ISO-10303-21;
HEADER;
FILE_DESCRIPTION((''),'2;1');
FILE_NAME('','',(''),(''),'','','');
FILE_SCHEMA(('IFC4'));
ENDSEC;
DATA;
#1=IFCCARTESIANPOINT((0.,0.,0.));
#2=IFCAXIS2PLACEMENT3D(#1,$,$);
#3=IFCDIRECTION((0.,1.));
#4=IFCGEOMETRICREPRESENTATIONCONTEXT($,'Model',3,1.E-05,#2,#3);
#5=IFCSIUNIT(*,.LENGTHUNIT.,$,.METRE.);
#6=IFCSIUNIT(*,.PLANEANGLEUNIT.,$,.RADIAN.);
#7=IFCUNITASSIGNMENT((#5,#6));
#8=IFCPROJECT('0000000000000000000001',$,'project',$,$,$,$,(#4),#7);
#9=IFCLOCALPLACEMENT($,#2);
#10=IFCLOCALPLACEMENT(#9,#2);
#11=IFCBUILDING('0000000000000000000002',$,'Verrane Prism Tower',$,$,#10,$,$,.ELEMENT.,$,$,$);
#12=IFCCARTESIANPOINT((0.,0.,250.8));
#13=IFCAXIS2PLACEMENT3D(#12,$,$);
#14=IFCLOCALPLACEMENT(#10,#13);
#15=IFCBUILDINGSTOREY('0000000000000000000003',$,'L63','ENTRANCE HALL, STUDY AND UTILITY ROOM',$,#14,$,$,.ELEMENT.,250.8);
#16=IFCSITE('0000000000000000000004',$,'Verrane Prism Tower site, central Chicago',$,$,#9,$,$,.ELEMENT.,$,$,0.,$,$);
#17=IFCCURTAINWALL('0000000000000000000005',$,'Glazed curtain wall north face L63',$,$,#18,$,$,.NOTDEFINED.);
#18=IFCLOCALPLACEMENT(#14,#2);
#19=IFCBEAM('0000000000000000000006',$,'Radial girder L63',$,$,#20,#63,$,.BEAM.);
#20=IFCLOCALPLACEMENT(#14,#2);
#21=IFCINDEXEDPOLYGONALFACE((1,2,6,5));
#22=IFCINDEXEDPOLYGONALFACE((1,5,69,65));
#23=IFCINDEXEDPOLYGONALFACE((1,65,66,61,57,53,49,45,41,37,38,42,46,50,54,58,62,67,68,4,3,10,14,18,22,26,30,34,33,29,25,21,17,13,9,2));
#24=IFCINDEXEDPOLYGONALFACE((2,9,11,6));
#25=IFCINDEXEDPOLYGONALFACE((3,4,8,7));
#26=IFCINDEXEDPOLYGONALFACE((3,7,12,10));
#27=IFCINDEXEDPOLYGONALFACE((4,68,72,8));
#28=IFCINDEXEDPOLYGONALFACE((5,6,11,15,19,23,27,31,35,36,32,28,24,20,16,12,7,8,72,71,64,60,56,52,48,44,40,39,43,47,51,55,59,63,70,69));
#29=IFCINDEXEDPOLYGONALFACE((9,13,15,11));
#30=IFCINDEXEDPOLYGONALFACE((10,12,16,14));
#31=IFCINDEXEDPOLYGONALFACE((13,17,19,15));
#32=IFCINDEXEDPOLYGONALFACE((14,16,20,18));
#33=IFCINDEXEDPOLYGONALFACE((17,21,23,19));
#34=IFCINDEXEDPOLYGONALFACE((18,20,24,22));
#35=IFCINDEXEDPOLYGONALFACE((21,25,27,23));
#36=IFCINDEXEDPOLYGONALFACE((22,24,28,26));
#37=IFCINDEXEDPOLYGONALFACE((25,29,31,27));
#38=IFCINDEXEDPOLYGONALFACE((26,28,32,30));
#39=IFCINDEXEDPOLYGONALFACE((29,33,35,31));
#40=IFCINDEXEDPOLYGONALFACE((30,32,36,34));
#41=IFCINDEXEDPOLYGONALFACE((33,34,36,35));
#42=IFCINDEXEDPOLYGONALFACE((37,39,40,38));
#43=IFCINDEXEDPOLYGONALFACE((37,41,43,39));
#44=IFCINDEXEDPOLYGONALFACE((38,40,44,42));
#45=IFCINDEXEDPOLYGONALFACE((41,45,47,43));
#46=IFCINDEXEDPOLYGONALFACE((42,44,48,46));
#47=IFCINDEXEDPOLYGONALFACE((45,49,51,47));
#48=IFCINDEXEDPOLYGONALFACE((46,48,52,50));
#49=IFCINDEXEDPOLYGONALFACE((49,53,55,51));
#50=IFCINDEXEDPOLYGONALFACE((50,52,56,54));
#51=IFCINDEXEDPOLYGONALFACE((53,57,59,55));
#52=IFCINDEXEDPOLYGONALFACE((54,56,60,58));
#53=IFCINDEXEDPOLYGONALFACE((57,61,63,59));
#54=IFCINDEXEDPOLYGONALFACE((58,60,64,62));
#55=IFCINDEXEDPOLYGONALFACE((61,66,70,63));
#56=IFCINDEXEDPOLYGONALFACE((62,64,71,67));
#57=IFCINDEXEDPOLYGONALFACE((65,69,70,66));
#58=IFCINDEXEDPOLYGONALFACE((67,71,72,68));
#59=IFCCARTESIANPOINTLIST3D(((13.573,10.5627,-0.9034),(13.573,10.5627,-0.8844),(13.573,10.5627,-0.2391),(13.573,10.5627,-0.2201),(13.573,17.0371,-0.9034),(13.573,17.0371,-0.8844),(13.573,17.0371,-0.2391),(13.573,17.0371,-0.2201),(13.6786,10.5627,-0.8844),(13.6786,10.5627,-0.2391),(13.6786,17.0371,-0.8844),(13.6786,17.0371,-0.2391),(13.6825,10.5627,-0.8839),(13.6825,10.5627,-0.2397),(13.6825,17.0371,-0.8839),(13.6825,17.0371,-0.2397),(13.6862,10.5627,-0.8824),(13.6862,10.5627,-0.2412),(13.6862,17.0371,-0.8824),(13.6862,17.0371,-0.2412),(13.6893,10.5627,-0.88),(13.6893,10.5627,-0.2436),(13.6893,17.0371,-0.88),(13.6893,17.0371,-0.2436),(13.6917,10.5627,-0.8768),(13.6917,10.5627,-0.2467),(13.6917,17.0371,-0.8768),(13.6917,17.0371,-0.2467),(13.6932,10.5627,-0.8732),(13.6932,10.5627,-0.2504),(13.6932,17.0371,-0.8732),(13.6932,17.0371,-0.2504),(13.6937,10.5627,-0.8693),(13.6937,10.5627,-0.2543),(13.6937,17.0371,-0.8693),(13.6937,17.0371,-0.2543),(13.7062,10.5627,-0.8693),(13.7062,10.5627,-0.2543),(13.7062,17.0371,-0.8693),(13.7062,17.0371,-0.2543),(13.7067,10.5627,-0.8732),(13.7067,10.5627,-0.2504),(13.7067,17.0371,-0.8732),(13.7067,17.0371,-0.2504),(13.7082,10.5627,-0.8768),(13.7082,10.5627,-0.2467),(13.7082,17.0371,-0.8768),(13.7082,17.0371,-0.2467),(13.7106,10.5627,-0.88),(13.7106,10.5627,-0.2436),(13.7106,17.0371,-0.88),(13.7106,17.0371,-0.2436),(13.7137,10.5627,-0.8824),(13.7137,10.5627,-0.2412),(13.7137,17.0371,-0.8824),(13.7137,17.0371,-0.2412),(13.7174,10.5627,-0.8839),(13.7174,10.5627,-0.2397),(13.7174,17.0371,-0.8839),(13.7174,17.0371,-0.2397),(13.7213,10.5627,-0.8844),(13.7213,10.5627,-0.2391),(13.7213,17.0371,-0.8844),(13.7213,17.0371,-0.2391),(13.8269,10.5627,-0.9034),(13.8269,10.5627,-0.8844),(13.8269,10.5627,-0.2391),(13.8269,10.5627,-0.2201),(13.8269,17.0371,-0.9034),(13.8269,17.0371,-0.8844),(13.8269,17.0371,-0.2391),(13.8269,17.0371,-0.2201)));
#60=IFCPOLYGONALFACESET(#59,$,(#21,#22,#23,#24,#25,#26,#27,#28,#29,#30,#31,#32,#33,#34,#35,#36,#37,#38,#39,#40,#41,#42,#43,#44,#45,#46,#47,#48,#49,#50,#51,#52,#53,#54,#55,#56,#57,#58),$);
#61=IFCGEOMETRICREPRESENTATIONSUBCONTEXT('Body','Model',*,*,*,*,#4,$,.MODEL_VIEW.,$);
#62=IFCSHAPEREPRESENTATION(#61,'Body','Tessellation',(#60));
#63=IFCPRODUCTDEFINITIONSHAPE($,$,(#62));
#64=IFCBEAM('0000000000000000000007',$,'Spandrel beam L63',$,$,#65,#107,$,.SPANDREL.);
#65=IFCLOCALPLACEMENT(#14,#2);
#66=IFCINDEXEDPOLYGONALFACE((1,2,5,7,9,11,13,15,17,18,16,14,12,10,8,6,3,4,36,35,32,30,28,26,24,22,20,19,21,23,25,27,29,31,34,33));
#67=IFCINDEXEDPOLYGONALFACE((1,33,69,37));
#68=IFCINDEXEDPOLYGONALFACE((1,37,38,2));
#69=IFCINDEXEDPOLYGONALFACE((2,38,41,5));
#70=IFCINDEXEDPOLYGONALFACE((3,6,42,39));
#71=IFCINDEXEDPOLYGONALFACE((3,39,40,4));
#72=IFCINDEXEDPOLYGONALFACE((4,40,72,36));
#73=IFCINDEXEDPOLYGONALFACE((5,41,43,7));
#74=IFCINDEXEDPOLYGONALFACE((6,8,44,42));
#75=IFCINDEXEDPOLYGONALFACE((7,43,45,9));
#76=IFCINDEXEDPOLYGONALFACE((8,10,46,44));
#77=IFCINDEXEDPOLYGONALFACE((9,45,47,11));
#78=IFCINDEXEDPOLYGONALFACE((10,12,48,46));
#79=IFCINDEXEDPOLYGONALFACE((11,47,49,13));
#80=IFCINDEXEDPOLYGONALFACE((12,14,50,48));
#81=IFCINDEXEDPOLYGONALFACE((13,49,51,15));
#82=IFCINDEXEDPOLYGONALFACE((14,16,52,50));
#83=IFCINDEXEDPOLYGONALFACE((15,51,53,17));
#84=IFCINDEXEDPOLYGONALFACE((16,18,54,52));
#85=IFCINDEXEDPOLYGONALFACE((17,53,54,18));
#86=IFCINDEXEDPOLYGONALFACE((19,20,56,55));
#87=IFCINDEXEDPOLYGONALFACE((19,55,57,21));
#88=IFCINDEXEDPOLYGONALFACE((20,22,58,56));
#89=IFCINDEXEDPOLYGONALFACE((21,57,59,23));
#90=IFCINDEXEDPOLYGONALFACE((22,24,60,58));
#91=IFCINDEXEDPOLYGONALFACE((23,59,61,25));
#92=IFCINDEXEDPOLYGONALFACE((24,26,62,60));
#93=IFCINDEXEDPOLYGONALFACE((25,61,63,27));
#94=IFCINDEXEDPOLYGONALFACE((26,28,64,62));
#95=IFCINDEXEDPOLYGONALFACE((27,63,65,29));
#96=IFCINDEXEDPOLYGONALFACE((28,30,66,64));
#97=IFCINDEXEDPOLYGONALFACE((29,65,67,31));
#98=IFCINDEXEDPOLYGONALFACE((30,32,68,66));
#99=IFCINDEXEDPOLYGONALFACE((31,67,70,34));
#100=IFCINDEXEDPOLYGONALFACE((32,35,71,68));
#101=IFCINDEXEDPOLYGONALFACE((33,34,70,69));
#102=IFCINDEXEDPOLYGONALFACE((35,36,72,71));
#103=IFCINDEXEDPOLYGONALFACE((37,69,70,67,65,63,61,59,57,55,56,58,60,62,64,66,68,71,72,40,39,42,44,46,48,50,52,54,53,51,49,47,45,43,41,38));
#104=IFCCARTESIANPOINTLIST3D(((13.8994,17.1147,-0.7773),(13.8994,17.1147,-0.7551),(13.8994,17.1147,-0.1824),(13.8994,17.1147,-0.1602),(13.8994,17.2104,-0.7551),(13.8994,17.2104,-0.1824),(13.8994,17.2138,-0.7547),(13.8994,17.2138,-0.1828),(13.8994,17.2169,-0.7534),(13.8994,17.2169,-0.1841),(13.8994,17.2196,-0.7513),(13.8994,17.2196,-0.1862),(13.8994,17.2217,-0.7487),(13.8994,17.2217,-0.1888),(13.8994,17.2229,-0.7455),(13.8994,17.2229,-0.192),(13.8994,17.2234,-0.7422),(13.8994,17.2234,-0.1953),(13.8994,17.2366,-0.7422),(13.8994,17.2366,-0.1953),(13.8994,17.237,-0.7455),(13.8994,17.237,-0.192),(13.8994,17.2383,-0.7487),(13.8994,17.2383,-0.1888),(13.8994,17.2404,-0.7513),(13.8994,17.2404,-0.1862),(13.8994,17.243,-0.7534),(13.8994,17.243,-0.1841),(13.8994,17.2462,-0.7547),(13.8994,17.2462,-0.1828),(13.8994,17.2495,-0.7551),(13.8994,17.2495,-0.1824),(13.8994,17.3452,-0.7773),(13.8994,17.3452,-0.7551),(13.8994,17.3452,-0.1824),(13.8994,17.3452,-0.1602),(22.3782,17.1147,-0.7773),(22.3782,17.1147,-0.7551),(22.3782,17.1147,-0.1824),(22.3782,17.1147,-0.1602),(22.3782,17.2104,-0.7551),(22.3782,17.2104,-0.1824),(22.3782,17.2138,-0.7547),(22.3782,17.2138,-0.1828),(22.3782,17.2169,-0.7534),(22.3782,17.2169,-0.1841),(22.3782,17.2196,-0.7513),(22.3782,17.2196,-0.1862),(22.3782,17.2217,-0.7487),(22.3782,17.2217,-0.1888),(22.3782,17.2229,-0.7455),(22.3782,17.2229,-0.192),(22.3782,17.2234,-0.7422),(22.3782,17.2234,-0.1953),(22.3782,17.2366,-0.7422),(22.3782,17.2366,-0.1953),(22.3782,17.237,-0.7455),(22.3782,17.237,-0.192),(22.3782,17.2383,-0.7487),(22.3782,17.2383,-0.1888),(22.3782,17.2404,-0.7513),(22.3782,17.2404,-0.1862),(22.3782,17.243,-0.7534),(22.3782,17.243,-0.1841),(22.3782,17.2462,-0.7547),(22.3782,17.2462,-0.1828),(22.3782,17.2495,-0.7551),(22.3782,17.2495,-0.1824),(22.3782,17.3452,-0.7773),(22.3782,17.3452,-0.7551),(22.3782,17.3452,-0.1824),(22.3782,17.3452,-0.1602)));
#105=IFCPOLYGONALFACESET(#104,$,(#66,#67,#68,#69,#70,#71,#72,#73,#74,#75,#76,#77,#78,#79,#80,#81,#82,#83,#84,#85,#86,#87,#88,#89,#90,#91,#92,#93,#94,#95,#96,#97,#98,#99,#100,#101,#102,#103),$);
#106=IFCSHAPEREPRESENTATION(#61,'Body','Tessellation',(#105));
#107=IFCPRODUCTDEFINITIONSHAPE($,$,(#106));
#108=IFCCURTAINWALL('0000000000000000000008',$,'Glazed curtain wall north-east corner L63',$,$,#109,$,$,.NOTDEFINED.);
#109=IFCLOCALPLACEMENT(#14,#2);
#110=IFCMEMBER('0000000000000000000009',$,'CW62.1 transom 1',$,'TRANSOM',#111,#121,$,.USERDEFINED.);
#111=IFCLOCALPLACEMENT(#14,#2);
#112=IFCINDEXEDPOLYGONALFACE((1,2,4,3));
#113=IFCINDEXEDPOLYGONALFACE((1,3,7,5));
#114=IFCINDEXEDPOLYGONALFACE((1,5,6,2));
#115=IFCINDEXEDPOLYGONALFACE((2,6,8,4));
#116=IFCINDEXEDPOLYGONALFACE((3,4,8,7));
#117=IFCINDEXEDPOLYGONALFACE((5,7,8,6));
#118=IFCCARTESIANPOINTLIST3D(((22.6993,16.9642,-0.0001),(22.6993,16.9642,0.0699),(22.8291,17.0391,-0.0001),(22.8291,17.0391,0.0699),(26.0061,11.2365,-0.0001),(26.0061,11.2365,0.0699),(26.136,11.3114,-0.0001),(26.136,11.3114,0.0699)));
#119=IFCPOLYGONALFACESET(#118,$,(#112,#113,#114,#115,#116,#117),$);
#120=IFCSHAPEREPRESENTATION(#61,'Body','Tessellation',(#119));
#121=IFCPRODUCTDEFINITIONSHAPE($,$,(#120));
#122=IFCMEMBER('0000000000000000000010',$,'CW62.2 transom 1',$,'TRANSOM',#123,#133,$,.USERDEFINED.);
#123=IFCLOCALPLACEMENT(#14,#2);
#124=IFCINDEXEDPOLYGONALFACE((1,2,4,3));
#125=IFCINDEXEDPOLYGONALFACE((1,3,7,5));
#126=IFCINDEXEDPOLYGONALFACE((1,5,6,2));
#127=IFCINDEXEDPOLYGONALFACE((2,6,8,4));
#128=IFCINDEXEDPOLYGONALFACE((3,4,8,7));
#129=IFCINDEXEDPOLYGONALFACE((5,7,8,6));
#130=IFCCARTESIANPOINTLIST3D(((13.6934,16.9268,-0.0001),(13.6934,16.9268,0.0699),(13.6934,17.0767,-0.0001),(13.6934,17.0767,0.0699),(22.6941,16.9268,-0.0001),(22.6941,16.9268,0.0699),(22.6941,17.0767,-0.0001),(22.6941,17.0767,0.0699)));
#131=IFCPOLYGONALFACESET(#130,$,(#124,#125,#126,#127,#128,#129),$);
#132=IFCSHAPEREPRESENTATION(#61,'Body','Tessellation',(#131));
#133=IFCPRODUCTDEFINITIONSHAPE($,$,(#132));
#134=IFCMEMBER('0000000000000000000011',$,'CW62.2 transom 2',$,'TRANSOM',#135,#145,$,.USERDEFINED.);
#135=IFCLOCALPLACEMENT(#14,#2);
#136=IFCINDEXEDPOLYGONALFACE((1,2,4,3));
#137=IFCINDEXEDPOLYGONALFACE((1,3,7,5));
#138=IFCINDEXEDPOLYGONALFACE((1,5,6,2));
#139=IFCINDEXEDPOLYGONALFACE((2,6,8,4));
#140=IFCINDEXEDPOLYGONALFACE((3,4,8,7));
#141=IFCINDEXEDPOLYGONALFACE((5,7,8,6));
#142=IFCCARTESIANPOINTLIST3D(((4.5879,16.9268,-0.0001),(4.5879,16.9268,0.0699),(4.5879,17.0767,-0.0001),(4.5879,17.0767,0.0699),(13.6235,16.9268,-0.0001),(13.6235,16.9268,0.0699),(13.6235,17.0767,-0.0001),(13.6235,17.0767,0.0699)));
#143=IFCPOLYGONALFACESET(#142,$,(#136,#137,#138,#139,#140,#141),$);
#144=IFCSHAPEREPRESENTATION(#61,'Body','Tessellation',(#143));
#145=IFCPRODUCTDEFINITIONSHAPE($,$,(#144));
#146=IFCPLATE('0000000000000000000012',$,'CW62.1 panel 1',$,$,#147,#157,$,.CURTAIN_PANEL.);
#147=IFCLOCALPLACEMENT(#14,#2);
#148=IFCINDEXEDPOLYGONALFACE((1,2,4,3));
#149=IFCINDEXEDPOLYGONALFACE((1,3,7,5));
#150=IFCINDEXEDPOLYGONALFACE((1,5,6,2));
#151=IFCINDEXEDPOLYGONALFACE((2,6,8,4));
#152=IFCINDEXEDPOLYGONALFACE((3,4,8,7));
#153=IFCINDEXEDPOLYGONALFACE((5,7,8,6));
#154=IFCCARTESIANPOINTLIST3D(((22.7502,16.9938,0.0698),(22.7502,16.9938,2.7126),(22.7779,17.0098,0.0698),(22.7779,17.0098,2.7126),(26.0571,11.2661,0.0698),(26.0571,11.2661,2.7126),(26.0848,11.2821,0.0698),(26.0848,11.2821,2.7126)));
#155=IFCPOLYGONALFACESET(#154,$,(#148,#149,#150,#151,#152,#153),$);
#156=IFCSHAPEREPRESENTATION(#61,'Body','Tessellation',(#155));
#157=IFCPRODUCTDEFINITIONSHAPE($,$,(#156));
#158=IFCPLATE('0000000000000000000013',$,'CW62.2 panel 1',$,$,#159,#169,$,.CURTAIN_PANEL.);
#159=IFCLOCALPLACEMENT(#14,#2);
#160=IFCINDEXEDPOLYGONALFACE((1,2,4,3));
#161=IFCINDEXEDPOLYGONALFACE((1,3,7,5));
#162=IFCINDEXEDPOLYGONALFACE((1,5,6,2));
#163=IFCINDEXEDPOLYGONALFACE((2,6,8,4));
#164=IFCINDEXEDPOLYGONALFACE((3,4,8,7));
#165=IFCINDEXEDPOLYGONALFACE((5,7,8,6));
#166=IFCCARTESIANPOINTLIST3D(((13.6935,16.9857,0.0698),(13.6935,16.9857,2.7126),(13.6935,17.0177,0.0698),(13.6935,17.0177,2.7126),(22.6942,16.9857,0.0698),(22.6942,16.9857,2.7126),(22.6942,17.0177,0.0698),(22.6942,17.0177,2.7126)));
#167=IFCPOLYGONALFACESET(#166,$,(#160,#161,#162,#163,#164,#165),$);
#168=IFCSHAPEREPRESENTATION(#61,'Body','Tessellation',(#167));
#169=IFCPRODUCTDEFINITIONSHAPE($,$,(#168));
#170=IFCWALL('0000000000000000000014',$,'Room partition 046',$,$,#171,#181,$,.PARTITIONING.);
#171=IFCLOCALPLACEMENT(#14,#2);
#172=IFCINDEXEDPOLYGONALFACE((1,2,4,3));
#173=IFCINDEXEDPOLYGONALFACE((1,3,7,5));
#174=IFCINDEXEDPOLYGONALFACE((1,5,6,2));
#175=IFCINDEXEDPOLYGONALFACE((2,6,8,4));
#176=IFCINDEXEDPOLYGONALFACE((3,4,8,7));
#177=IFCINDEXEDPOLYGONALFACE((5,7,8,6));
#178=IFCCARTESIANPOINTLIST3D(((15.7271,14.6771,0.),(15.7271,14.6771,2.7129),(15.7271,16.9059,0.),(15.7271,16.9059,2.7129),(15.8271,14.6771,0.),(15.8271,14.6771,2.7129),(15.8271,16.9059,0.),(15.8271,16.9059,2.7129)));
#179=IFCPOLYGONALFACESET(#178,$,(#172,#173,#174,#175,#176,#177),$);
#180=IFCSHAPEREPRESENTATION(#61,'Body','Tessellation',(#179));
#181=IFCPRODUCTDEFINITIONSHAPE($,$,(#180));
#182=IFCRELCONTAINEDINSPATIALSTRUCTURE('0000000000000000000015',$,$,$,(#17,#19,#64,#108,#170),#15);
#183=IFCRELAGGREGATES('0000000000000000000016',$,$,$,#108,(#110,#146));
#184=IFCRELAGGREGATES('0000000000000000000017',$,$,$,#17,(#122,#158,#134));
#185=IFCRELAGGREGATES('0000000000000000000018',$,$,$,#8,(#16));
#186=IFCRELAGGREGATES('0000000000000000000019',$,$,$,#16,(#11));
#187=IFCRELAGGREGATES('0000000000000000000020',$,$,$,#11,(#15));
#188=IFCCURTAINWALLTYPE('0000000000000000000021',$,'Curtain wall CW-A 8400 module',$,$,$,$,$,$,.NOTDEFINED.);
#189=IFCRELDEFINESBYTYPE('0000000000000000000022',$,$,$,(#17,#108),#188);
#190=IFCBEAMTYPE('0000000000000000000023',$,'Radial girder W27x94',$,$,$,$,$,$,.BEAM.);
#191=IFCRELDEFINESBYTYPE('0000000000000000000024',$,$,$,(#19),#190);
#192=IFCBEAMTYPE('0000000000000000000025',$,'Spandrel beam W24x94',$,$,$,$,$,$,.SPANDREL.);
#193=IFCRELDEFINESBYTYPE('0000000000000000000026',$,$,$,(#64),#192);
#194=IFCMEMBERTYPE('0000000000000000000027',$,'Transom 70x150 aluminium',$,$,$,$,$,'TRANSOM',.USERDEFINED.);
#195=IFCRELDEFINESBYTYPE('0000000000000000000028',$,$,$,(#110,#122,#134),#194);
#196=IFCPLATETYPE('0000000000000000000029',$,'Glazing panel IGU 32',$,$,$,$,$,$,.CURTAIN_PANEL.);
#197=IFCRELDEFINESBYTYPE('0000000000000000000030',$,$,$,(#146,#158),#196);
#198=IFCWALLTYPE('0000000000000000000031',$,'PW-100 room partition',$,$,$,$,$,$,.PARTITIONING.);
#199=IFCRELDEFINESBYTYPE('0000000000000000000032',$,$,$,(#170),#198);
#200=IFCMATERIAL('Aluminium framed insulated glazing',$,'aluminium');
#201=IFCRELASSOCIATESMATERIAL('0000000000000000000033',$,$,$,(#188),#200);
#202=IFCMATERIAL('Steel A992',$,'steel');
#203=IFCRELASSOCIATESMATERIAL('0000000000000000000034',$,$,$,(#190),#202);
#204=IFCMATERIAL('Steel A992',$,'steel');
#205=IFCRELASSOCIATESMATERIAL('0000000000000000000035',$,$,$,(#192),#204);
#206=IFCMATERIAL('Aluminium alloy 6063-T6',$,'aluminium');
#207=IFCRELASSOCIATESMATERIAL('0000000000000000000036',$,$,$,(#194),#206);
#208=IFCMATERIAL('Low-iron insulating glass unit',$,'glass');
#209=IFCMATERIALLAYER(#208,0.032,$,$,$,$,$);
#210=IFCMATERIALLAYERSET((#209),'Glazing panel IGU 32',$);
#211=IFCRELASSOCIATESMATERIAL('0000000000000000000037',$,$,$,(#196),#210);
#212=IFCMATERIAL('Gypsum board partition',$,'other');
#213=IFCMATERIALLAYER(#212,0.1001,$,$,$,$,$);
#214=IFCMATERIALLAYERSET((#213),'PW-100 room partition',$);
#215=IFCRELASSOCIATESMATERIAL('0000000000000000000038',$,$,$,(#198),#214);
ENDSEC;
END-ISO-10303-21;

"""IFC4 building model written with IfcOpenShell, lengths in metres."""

from ifc_helpers import new_model, si_unit, direction, frame, frame_2d, origin, origin_2d, place, context, subcontext, project, spatial, rectangle, i_section, extrude, material, layer, layer_set, material_profile, profile_set, type_object, element, aggregate, save


model = new_model("IFC4")

# Units and contexts
model_context = context("Model", 3, precision=1e-05, world=origin(), true_north=direction((0.0, 1.0)))
body_context = subcontext(model_context, "Body", "Model", "MODEL_VIEW")
ifc_project = project(units=[si_unit("LENGTHUNIT", "METRE"), si_unit("PLANEANGLEUNIT", "RADIAN")], contexts=[model_context])

# Site, building, storey
site_placement = place(None, origin())
site = spatial("IfcSite", under=ifc_project, at=site_placement, Name="Verrane Prism Tower site, central Chicago", CompositionType="ELEMENT", RefElevation=0.0)
building_placement = place(site_placement, origin())
building = spatial("IfcBuilding", under=site, at=building_placement, Name="Verrane Prism Tower", CompositionType="ELEMENT")
storey_placement = place(building_placement, frame((0.0, 0.0, 250.8)))
storey = spatial("IfcBuildingStorey", under=building, at=storey_placement, Name="L63", Description="ENTRANCE HALL, STUDY AND UTILITY ROOM", CompositionType="ELEMENT", Elevation=250.8)

# Curtain wall
ifc_material_1 = material(Name="Aluminium framed insulated glazing", Category="aluminium")
curtain_wall_type = type_object("IfcCurtainWallType", Name="Curtain wall CW-A 8400 module", PredefinedType="NOTDEFINED", material=ifc_material_1)
curtain_wall_1_placement = place(storey_placement, origin())
curtain_wall_1 = element("IfcCurtainWall", 1, at=curtain_wall_1_placement, inside=storey, type_object=curtain_wall_type, Name="Glazed curtain wall north face L63", PredefinedType="NOTDEFINED")

# Beams
ifc_material_2 = material(Name="Steel A992", Category="steel")
ifc_material_profile_1 = material_profile(ifc_material_2, i_section(OverallWidth=0.2539, OverallDepth=0.6833, WebThickness=0.0125, FlangeThickness=0.019, FilletRadius=0.0151, at=origin_2d()), Name="W27x94")
ifc_profile_set_1 = profile_set([ifc_material_profile_1], Name="Steel A992")
beam_type_1 = type_object("IfcBeamType", Name="Radial girder W27x94", PredefinedType="BEAM", material=ifc_profile_set_1)
beam_1_placement = place(storey_placement, frame((13.7, 17.0371, -0.5618), z_axis=(0.0, -1.0, 0.0), x_axis=(1.0, 0.0, 0.0)))
element("IfcBeam", 2, at=beam_1_placement, inside=storey, type_object=beam_type_1, Name="Radial girder L63", PredefinedType="BEAM", context=body_context, shape_type="SweptSolid", body=[
    extrude(i_section(OverallWidth=0.2539, OverallDepth=0.6833, WebThickness=0.0125, FlangeThickness=0.019, FilletRadius=0.0151, at=origin_2d()), origin(), (0.0, 0.0, 1.0), 6.4744),
])
ifc_material_3 = material(Name="Steel A992", Category="steel")
ifc_material_profile_2 = material_profile(ifc_material_3, i_section(OverallWidth=0.2305, OverallDepth=0.6172, WebThickness=0.0132, FlangeThickness=0.0222, FilletRadius=0.0129, at=origin_2d()), Name="W24x94")
ifc_profile_set_2 = profile_set([ifc_material_profile_2], Name="Steel A992")
beam_type_2 = type_object("IfcBeamType", Name="Spandrel beam W24x94", PredefinedType="SPANDREL", material=ifc_profile_set_2)
beam_2_placement = place(storey_placement, frame((22.3782, 17.23, -0.4688), z_axis=(-1.0, 0.0, 0.0), x_axis=(0.0, -1.0, 0.0)))
element("IfcBeam", 3, at=beam_2_placement, inside=storey, type_object=beam_type_2, Name="Spandrel beam L63", PredefinedType="SPANDREL", context=body_context, shape_type="SweptSolid", body=[
    extrude(i_section(OverallWidth=0.2305, OverallDepth=0.6172, WebThickness=0.0132, FlangeThickness=0.0222, FilletRadius=0.0129, at=origin_2d()), origin(), (0.0, 0.0, 1.0), 8.4788),
])

# Curtain wall, member
curtain_wall_2_placement = place(storey_placement, origin())
curtain_wall_2 = element("IfcCurtainWall", 4, at=curtain_wall_2_placement, inside=storey, type_object=curtain_wall_type, Name="Glazed curtain wall north-east corner L63", PredefinedType="NOTDEFINED")
ifc_material_4 = material(Name="Aluminium alloy 6063-T6", Category="aluminium")
ifc_material_profile_3 = material_profile(ifc_material_4, rectangle(XDim=0.1499, YDim=0.0701, at=origin_2d()), Name="Transom 70x150 aluminium")
ifc_profile_set_3 = profile_set([ifc_material_profile_3], Name="Aluminium alloy 6063-T6")
member_type_1 = type_object("IfcMemberType", Name="Transom 70x150 aluminium", ElementType="TRANSOM", PredefinedType="USERDEFINED", material=ifc_profile_set_3)
member_1_placement = place(storey_placement, frame((26.071, 11.2739, 0.0349), z_axis=(-0.499994, 0.866029, 0.0), x_axis=(-0.866029, -0.499994, 0.0)))
member_1 = element("IfcMember", 5, at=member_1_placement, type_object=member_type_1, Name="CW62.1 transom 1", ObjectType="TRANSOM", PredefinedType="USERDEFINED", context=body_context, shape_type="SweptSolid", body=[
    extrude(rectangle(XDim=0.1499, YDim=0.0701, at=origin_2d()), origin(), (0.0, 0.0, 1.0), 6.6138),
])

# Members
member_2_placement = place(storey_placement, frame((22.6941, 17.0017, 0.0349), z_axis=(-1.0, 0.0, 0.0), x_axis=(0.0, -1.0, 0.0)))
member_2 = element("IfcMember", 6, at=member_2_placement, type_object=member_type_1, Name="CW62.2 transom 1", ObjectType="TRANSOM", PredefinedType="USERDEFINED", context=body_context, shape_type="SweptSolid", body=[
    extrude(rectangle(XDim=0.1499, YDim=0.0701, at=origin_2d()), origin(), (0.0, 0.0, 1.0), 9.0007),
])
member_3_placement = place(storey_placement, frame((13.6235, 17.0017, 0.0349), z_axis=(-1.0, 0.0, 0.0), x_axis=(0.0, -1.0, 0.0)))
member_3 = element("IfcMember", 7, at=member_3_placement, type_object=member_type_1, Name="CW62.2 transom 2", ObjectType="TRANSOM", PredefinedType="USERDEFINED", context=body_context, shape_type="SweptSolid", body=[
    extrude(rectangle(XDim=0.1499, YDim=0.0701, at=origin_2d()), origin(), (0.0, 0.0, 1.0), 9.0356),
])

# Plates
ifc_material_5 = material(Name="Low-iron insulating glass unit", Category="glass")
ifc_layer_1 = layer(ifc_material_5, 0.032)
ifc_layer_set_1 = layer_set([ifc_layer_1], Name="Glazing panel IGU 32")
plate_type = type_object("IfcPlateType", Name="Glazing panel IGU 32", PredefinedType="CURTAIN_PANEL", material=ifc_layer_set_1)
plate_1_placement = place(storey_placement, frame((24.4175, 14.1379, 0.0698), z_axis=(0.0, 0.0, 1.0), x_axis=(-0.499996, 0.866028, 0.0)))
plate_1 = element("IfcPlate", 8, at=plate_1_placement, type_object=plate_type, Name="CW62.1 panel 1", PredefinedType="CURTAIN_PANEL", context=body_context, shape_type="SweptSolid", body=[
    extrude(rectangle(XDim=6.6138, YDim=0.032, at=origin_2d()), origin(), (0.0, 0.0, 1.0), 2.6428),
])
aggregate(curtain_wall_2, [member_1, plate_1])
plate_2_placement = place(storey_placement, frame((18.1938, 17.0017, 0.0698), z_axis=(0.0, 0.0, 1.0), x_axis=(-1.0, 0.0, 0.0)))
plate_2 = element("IfcPlate", 9, at=plate_2_placement, type_object=plate_type, Name="CW62.2 panel 1", PredefinedType="CURTAIN_PANEL", context=body_context, shape_type="SweptSolid", body=[
    extrude(rectangle(XDim=9.0007, YDim=0.032, at=origin_2d()), origin(), (0.0, 0.0, 1.0), 2.6428),
])
aggregate(curtain_wall_1, [member_2, plate_2, member_3])

# Wall
ifc_material_6 = material(Name="Gypsum board partition", Category="other")
ifc_layer_2 = layer(ifc_material_6, 0.1001)
ifc_layer_set_2 = layer_set([ifc_layer_2], Name="PW-100 room partition")
wall_type = type_object("IfcWallType", Name="PW-100 room partition", PredefinedType="PARTITIONING", material=ifc_layer_set_2)
wall_1_placement = place(storey_placement, frame((15.7771, 14.6772, 0.0), z_axis=(0.0, 0.0, 1.0), x_axis=(0.0, 1.0, 0.0)))
element("IfcWall", 10, at=wall_1_placement, inside=storey, type_object=wall_type, Name="Room partition 046", PredefinedType="PARTITIONING", context=body_context, shape_type="SweptSolid", body=[
    extrude(rectangle(XDim=2.2288, YDim=0.1001, at=frame_2d((1.1143, 0.0))), origin(), (0.0, 0.0, 1.0), 2.7129),
])

save(model, "model.ifc")
